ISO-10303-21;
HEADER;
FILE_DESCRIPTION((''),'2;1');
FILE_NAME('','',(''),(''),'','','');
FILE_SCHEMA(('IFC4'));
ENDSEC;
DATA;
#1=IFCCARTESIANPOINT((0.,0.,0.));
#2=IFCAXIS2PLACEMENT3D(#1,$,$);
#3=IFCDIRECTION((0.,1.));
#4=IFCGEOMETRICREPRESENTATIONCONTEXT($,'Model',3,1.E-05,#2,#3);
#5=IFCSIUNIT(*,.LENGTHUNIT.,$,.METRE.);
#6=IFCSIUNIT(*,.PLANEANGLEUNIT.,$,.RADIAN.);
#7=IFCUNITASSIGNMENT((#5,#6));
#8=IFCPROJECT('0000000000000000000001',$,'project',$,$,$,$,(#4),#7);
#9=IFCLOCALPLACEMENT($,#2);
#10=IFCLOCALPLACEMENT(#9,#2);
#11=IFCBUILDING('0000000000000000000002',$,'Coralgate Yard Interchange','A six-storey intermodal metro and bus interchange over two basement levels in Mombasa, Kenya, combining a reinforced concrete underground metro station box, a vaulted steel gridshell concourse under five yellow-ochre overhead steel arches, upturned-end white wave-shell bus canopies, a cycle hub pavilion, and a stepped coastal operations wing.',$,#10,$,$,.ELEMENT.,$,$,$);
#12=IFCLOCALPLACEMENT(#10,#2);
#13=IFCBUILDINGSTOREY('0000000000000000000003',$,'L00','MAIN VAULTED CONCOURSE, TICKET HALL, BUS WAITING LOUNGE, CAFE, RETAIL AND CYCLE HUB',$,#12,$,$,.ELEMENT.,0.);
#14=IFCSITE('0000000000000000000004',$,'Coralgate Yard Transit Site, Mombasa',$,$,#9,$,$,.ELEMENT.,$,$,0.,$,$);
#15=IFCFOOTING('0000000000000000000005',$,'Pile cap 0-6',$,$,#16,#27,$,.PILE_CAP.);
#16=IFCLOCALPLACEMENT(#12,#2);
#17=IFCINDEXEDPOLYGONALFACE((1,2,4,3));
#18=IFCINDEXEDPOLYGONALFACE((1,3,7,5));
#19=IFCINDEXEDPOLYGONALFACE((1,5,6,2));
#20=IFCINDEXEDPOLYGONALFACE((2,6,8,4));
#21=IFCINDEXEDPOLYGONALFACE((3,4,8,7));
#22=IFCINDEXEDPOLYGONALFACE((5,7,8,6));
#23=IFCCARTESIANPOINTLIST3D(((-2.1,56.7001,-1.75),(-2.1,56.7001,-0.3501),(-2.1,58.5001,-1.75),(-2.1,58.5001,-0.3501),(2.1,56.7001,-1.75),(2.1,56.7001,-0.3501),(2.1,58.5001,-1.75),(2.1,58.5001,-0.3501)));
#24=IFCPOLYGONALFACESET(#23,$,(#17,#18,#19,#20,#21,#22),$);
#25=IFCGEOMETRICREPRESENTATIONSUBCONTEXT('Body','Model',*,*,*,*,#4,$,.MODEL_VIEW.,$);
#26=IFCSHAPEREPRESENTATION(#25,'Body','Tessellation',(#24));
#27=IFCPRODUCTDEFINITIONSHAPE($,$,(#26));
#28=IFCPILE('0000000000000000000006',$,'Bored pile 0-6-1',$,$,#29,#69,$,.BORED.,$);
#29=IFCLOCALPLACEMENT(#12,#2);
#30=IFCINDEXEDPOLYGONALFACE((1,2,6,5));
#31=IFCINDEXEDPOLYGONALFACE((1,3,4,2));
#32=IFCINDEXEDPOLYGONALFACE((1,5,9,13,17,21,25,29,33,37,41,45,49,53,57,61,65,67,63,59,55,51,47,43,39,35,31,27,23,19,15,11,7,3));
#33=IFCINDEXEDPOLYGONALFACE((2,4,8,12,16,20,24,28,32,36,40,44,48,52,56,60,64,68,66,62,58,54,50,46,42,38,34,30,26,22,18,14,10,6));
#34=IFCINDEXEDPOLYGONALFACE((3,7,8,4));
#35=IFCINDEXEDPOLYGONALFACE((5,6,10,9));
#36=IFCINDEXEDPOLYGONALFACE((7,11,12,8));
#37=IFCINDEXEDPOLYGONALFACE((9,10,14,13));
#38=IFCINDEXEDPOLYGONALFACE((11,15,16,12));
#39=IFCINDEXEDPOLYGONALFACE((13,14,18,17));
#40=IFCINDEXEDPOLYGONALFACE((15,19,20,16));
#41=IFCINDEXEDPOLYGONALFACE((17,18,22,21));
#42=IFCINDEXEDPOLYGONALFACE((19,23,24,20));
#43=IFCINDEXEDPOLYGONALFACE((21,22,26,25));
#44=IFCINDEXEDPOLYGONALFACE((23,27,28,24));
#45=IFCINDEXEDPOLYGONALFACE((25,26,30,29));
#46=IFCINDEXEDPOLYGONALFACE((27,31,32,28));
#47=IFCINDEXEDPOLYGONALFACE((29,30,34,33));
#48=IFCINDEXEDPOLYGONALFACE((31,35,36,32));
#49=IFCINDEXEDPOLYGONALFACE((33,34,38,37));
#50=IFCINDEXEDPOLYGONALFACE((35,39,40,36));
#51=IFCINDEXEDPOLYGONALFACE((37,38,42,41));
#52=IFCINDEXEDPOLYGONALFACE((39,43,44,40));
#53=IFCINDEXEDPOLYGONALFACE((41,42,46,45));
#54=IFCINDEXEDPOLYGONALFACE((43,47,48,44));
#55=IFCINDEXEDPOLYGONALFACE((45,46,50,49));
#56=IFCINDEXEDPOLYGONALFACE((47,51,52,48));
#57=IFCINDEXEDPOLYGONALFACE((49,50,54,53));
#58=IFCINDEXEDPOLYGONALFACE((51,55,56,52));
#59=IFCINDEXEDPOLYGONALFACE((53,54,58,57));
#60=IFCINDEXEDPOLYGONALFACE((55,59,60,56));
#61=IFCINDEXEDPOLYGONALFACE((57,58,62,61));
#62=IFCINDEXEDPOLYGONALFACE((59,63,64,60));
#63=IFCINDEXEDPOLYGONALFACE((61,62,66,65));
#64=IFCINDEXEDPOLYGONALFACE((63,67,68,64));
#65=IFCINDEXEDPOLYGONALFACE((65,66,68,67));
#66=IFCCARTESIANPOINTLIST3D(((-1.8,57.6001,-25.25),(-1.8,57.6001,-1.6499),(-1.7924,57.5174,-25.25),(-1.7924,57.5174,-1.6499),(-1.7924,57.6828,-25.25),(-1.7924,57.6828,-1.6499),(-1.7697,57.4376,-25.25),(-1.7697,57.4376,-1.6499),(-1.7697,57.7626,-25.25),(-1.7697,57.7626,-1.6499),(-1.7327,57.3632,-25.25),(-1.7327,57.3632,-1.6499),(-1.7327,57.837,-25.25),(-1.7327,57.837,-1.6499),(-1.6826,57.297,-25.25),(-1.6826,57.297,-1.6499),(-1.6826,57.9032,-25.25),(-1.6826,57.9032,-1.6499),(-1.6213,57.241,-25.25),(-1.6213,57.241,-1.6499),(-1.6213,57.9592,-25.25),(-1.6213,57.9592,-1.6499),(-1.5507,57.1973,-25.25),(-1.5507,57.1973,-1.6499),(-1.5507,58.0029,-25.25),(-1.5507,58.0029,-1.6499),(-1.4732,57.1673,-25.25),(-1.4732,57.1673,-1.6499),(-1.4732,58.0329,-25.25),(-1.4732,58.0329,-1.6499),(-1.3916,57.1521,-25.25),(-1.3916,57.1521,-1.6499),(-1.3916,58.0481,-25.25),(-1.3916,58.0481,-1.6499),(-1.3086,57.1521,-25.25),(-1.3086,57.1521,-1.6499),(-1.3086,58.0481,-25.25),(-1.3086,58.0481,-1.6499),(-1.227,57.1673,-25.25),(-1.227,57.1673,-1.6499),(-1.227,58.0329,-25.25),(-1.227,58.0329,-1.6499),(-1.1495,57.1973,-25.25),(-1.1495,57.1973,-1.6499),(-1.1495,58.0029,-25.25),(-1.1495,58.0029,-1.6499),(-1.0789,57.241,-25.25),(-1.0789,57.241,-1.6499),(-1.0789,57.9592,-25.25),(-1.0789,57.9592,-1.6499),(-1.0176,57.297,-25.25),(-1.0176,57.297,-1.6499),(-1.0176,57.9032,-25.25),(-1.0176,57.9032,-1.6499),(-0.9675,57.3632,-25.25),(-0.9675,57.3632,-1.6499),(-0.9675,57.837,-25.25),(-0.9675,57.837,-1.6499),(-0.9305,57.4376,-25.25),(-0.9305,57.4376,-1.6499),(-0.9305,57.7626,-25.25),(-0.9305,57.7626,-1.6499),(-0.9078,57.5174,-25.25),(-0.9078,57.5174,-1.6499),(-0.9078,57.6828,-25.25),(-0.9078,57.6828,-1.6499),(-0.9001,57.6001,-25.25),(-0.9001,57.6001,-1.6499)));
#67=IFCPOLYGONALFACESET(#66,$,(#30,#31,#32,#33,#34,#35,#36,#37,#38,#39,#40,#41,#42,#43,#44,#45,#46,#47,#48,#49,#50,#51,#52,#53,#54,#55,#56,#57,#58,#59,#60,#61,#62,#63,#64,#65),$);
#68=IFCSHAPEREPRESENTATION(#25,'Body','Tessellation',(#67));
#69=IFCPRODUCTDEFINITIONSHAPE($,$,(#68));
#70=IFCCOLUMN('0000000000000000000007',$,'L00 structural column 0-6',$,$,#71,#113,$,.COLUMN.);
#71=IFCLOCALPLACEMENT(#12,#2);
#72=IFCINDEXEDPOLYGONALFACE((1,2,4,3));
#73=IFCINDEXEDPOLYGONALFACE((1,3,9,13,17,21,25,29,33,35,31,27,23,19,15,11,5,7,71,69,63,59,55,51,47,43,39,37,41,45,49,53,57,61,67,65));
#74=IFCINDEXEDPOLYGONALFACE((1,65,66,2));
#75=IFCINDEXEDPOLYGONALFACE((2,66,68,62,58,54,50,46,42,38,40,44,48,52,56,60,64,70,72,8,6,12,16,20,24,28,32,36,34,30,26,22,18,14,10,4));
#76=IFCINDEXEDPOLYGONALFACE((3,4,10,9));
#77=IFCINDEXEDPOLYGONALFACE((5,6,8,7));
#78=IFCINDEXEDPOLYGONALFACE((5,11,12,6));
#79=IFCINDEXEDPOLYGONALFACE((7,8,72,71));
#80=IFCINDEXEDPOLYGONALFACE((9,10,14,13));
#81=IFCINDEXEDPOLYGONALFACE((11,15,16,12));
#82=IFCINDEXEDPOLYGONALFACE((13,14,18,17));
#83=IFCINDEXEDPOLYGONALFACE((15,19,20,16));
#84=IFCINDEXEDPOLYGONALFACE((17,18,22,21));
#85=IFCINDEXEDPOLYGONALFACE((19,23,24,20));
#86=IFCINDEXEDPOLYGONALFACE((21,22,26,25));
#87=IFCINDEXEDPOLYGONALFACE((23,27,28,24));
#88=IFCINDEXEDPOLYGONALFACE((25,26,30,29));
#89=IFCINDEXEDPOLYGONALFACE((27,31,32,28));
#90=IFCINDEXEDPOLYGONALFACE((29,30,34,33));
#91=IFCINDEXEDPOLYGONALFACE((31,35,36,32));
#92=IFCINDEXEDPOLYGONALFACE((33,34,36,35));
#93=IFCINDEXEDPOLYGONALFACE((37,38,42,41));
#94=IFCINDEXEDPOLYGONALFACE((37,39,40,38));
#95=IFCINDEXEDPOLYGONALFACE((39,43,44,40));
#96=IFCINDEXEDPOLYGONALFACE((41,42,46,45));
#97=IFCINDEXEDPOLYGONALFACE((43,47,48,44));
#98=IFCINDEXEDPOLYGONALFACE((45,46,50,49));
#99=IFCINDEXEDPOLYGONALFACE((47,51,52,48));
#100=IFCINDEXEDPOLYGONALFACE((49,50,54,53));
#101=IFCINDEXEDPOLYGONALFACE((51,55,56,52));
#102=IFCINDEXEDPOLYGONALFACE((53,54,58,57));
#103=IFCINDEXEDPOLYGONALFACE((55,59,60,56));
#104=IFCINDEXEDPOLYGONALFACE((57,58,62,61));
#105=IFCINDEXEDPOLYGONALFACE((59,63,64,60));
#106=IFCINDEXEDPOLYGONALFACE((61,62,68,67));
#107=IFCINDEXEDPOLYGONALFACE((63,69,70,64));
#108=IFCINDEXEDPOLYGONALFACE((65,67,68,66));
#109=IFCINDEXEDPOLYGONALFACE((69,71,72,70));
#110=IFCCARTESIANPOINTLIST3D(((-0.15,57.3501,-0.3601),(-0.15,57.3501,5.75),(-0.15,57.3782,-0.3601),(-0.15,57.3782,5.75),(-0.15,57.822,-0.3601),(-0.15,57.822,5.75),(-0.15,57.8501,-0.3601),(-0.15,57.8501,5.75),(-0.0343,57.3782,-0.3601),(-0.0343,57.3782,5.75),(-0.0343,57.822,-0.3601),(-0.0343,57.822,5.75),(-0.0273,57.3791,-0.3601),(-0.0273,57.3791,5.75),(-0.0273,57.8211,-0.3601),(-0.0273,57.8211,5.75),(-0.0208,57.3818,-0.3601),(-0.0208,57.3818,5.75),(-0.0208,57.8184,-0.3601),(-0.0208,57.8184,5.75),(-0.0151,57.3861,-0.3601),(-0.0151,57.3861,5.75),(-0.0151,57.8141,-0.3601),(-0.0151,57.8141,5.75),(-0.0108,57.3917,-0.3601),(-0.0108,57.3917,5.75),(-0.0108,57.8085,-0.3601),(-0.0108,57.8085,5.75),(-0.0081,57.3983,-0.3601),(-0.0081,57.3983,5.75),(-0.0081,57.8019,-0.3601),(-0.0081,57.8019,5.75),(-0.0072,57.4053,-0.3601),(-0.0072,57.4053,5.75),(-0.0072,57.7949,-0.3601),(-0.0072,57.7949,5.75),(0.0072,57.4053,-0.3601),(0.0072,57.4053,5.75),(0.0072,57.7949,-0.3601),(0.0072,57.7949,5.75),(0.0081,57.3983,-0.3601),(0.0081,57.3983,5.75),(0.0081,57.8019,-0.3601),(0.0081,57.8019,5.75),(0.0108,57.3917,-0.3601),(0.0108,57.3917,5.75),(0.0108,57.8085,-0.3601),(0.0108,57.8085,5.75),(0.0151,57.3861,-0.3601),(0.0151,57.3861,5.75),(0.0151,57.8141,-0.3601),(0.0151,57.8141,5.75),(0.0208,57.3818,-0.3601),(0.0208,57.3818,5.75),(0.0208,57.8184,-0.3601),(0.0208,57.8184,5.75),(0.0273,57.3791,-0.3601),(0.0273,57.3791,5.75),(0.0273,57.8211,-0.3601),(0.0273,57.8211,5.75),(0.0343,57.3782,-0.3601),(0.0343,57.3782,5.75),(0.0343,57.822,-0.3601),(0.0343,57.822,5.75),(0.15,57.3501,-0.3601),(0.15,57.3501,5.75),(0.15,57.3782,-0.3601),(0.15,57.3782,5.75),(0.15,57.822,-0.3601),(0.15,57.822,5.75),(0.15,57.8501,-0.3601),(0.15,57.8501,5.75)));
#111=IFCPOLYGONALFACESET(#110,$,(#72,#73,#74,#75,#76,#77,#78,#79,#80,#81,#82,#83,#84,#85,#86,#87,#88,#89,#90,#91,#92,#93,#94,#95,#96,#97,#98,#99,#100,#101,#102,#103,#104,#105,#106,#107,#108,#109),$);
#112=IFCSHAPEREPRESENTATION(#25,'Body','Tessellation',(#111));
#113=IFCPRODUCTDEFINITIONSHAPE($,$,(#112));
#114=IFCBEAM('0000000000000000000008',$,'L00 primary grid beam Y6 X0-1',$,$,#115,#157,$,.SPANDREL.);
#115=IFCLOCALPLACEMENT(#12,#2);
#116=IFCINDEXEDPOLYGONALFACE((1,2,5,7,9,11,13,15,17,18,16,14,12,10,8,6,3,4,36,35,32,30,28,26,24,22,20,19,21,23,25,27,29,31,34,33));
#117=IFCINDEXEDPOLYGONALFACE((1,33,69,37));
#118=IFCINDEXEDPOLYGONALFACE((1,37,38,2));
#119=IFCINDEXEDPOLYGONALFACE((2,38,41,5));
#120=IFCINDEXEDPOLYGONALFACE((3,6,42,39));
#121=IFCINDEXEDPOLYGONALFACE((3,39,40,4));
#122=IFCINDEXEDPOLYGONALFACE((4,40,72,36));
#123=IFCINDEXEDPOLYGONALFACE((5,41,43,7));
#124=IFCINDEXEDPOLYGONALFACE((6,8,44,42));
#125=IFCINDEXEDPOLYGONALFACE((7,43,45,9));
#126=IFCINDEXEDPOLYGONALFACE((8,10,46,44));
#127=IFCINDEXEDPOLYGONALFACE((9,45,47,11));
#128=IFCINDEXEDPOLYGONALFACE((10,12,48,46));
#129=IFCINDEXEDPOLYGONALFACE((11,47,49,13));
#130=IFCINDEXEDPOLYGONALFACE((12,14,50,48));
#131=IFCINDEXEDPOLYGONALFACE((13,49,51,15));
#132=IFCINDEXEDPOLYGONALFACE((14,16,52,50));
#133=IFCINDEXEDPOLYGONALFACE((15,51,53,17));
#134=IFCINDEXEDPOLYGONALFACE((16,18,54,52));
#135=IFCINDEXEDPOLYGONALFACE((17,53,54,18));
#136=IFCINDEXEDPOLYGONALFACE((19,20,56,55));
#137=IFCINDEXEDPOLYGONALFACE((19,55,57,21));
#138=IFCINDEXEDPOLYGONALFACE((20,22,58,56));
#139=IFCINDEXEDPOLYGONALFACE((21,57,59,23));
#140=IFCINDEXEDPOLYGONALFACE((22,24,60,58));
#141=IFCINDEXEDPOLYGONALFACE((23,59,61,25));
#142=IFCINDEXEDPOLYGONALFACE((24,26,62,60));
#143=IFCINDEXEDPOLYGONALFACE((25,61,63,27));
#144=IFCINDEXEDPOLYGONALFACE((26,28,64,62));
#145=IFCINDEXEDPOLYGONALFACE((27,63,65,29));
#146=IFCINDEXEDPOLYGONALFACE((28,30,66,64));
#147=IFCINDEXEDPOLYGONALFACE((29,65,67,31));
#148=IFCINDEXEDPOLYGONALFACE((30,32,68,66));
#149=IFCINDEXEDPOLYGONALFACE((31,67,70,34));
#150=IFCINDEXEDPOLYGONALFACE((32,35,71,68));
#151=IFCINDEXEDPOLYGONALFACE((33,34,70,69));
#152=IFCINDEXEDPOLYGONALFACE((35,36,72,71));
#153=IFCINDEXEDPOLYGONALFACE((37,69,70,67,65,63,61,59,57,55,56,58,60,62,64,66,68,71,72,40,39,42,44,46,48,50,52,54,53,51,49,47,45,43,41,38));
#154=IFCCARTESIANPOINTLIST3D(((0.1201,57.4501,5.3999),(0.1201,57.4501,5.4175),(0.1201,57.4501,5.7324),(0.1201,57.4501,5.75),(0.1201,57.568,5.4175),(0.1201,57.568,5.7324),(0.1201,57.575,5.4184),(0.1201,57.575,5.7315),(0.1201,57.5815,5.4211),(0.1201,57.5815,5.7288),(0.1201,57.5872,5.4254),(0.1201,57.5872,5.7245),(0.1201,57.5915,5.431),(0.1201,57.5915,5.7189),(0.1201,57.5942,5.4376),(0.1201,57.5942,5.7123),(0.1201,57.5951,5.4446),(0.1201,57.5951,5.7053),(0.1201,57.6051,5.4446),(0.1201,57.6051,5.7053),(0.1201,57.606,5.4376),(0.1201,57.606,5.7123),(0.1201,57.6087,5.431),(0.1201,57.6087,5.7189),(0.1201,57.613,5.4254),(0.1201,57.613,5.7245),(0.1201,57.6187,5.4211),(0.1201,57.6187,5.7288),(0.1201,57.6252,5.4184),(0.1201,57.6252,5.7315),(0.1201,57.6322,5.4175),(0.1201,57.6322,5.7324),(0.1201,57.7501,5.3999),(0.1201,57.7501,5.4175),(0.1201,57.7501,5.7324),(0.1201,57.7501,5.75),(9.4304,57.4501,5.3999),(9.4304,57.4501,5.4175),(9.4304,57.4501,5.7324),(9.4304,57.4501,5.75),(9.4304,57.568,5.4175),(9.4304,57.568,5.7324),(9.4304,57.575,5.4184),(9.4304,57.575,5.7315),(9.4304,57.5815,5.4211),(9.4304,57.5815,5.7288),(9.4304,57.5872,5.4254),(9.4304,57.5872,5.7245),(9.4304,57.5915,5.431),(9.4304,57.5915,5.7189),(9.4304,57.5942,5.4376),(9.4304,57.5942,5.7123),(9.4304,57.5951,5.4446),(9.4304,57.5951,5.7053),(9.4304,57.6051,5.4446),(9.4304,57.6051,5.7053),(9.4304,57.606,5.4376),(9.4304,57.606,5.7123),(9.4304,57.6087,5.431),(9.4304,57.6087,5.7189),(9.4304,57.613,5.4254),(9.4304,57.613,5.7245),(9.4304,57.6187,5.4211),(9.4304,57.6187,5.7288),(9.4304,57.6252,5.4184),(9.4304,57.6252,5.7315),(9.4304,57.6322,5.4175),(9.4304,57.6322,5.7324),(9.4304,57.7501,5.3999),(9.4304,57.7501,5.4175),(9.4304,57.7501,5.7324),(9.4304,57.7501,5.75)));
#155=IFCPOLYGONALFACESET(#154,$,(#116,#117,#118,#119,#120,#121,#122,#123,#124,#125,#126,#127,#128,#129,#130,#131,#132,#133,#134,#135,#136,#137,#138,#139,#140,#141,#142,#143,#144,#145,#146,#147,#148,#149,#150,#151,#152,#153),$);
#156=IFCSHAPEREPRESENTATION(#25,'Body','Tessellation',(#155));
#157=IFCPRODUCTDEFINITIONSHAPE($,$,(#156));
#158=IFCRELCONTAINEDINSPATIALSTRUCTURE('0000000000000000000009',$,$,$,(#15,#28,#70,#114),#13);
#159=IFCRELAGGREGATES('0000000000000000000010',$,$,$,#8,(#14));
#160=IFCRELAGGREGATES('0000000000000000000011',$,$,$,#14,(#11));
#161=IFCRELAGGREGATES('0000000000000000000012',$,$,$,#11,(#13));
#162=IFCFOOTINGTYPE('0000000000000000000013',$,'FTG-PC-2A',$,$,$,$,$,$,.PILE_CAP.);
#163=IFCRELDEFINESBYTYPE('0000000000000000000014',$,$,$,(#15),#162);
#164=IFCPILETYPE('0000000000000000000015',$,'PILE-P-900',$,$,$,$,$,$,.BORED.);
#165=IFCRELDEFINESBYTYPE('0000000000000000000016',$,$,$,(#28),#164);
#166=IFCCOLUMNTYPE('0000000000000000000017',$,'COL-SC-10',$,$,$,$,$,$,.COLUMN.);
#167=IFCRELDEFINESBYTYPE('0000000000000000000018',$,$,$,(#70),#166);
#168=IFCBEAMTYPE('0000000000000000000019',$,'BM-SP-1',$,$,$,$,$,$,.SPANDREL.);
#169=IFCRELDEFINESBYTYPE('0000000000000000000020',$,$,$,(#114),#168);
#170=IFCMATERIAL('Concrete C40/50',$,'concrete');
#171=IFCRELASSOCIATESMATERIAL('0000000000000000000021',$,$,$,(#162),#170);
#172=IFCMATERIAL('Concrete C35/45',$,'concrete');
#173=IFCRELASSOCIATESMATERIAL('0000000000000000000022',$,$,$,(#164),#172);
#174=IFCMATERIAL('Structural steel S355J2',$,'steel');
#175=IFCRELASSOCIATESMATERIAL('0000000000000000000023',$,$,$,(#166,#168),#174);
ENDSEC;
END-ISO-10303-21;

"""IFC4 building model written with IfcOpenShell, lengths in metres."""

from ifc_helpers import new_model, si_unit, direction, frame, origin, origin_2d, place, context, subcontext, project, spatial, rectangle, circle, i_section, extrude, material, material_profile, profile_set, type_object, element, save


model = new_model("IFC4")

# Units and contexts
model_context = context("Model", 3, precision=1e-05, world=origin(), true_north=direction((0.0, 1.0)))
body_context = subcontext(model_context, "Body", "Model", "MODEL_VIEW")
ifc_project = project(units=[si_unit("LENGTHUNIT", "METRE"), si_unit("PLANEANGLEUNIT", "RADIAN")], contexts=[model_context])

# Site, building, storey
site_placement = place(None, origin())
site = spatial("IfcSite", under=ifc_project, at=site_placement, Name="Coralgate Yard Transit Site, Mombasa", CompositionType="ELEMENT", RefElevation=0.0)
building_placement = place(site_placement, origin())
building = spatial("IfcBuilding", under=site, at=building_placement, Name="Coralgate Yard Interchange", Description="A six-storey intermodal metro and bus interchange over two basement levels in Mombasa, Kenya, combining a reinforced concrete underground metro station box, a vaulted steel gridshell concourse under five yellow-ochre overhead steel arches, upturned-end white wave-shell bus canopies, a cycle hub pavilion, and a stepped coastal operations wing.", CompositionType="ELEMENT")
storey_placement = place(building_placement, origin())
storey = spatial("IfcBuildingStorey", under=building, at=storey_placement, Name="L00", Description="MAIN VAULTED CONCOURSE, TICKET HALL, BUS WAITING LOUNGE, CAFE, RETAIL AND CYCLE HUB", CompositionType="ELEMENT", Elevation=0.0)

# Footing
ifc_material_1 = material(Name="Concrete C40/50", Category="concrete")
footing_type = type_object("IfcFootingType", Name="FTG-PC-2A", PredefinedType="PILE_CAP", material=ifc_material_1)
footing_placement = place(storey_placement, frame((0.0, 57.6001, -1.75), z_axis=(0.0, 0.0, 1.0), x_axis=(1.0, 0.0, 0.0)))
element("IfcFooting", 1, at=footing_placement, inside=storey, type_object=footing_type, Name="Pile cap 0-6", PredefinedType="PILE_CAP", context=body_context, shape_type="SweptSolid", body=[
    extrude(rectangle(XDim=4.2, YDim=1.8, at=origin_2d()), origin(), (0.0, 0.0, 1.0), 1.3999),
])

# Pile
ifc_material_2 = material(Name="Concrete C35/45", Category="concrete")
ifc_material_profile_1 = material_profile(ifc_material_2, circle(Radius=0.45, at=origin_2d()), Name="BORED PILE D900")
ifc_profile_set_1 = profile_set([ifc_material_profile_1], Name="Concrete C35/45")
pile_type = type_object("IfcPileType", Name="PILE-P-900", PredefinedType="BORED", material=ifc_profile_set_1)
pile_placement = place(storey_placement, frame((-1.3501, 57.6001, -1.6499), z_axis=(0.0, 0.0, -1.0), x_axis=(1.0, 0.0, 0.0)))
element("IfcPile", 2, at=pile_placement, inside=storey, type_object=pile_type, Name="Bored pile 0-6-1", PredefinedType="BORED", context=body_context, shape_type="SweptSolid", body=[
    extrude(circle(Radius=0.45, at=origin_2d()), origin(), (0.0, 0.0, 1.0), 23.6001),
])

# Column
ifc_material_3 = material(Name="Structural steel S355J2", Category="steel")
ifc_material_profile_2 = material_profile(ifc_material_3, i_section(OverallWidth=0.3, OverallDepth=0.5, WebThickness=0.0144, FlangeThickness=0.0281, FilletRadius=0.0271, at=origin_2d()), Name="HEB 500")
ifc_profile_set_2 = profile_set([ifc_material_profile_2], Name="Structural steel S355J2")
column_type = type_object("IfcColumnType", Name="COL-SC-10", PredefinedType="COLUMN", material=ifc_profile_set_2)
column_placement = place(storey_placement, frame((0.0, 57.6001, -0.3601), z_axis=(0.0, 0.0, 1.0), x_axis=(1.0, 0.0, 0.0)))
element("IfcColumn", 3, at=column_placement, inside=storey, type_object=column_type, Name="L00 structural column 0-6", PredefinedType="COLUMN", context=body_context, shape_type="SweptSolid", body=[
    extrude(i_section(OverallWidth=0.3, OverallDepth=0.5, WebThickness=0.0144, FlangeThickness=0.0281, FilletRadius=0.0271, at=origin_2d()), origin(), (0.0, 0.0, 1.0), 6.1101),
])

# Beam
ifc_material_profile_3 = material_profile(ifc_material_3, i_section(OverallWidth=0.3, OverallDepth=0.3501, WebThickness=0.01, FlangeThickness=0.0176, FilletRadius=0.0271, at=origin_2d()), Name="HEA 360")
ifc_profile_set_3 = profile_set([ifc_material_profile_3], Name="Structural steel S355J2")
beam_type = type_object("IfcBeamType", Name="BM-SP-1", PredefinedType="SPANDREL", material=ifc_profile_set_3)
beam_placement = place(storey_placement, frame((0.1201, 57.6001, 5.575), z_axis=(1.0, 0.0, 0.0), x_axis=(0.0, 1.0, 0.0)))
element("IfcBeam", 4, at=beam_placement, inside=storey, type_object=beam_type, Name="L00 primary grid beam Y6 X0-1", PredefinedType="SPANDREL", context=body_context, shape_type="SweptSolid", body=[
    extrude(i_section(OverallWidth=0.3, OverallDepth=0.3501, WebThickness=0.01, FlangeThickness=0.0176, FilletRadius=0.0271, at=origin_2d()), origin(), (0.0, 0.0, 1.0), 9.3103),
])

save(model, "model.ifc")
